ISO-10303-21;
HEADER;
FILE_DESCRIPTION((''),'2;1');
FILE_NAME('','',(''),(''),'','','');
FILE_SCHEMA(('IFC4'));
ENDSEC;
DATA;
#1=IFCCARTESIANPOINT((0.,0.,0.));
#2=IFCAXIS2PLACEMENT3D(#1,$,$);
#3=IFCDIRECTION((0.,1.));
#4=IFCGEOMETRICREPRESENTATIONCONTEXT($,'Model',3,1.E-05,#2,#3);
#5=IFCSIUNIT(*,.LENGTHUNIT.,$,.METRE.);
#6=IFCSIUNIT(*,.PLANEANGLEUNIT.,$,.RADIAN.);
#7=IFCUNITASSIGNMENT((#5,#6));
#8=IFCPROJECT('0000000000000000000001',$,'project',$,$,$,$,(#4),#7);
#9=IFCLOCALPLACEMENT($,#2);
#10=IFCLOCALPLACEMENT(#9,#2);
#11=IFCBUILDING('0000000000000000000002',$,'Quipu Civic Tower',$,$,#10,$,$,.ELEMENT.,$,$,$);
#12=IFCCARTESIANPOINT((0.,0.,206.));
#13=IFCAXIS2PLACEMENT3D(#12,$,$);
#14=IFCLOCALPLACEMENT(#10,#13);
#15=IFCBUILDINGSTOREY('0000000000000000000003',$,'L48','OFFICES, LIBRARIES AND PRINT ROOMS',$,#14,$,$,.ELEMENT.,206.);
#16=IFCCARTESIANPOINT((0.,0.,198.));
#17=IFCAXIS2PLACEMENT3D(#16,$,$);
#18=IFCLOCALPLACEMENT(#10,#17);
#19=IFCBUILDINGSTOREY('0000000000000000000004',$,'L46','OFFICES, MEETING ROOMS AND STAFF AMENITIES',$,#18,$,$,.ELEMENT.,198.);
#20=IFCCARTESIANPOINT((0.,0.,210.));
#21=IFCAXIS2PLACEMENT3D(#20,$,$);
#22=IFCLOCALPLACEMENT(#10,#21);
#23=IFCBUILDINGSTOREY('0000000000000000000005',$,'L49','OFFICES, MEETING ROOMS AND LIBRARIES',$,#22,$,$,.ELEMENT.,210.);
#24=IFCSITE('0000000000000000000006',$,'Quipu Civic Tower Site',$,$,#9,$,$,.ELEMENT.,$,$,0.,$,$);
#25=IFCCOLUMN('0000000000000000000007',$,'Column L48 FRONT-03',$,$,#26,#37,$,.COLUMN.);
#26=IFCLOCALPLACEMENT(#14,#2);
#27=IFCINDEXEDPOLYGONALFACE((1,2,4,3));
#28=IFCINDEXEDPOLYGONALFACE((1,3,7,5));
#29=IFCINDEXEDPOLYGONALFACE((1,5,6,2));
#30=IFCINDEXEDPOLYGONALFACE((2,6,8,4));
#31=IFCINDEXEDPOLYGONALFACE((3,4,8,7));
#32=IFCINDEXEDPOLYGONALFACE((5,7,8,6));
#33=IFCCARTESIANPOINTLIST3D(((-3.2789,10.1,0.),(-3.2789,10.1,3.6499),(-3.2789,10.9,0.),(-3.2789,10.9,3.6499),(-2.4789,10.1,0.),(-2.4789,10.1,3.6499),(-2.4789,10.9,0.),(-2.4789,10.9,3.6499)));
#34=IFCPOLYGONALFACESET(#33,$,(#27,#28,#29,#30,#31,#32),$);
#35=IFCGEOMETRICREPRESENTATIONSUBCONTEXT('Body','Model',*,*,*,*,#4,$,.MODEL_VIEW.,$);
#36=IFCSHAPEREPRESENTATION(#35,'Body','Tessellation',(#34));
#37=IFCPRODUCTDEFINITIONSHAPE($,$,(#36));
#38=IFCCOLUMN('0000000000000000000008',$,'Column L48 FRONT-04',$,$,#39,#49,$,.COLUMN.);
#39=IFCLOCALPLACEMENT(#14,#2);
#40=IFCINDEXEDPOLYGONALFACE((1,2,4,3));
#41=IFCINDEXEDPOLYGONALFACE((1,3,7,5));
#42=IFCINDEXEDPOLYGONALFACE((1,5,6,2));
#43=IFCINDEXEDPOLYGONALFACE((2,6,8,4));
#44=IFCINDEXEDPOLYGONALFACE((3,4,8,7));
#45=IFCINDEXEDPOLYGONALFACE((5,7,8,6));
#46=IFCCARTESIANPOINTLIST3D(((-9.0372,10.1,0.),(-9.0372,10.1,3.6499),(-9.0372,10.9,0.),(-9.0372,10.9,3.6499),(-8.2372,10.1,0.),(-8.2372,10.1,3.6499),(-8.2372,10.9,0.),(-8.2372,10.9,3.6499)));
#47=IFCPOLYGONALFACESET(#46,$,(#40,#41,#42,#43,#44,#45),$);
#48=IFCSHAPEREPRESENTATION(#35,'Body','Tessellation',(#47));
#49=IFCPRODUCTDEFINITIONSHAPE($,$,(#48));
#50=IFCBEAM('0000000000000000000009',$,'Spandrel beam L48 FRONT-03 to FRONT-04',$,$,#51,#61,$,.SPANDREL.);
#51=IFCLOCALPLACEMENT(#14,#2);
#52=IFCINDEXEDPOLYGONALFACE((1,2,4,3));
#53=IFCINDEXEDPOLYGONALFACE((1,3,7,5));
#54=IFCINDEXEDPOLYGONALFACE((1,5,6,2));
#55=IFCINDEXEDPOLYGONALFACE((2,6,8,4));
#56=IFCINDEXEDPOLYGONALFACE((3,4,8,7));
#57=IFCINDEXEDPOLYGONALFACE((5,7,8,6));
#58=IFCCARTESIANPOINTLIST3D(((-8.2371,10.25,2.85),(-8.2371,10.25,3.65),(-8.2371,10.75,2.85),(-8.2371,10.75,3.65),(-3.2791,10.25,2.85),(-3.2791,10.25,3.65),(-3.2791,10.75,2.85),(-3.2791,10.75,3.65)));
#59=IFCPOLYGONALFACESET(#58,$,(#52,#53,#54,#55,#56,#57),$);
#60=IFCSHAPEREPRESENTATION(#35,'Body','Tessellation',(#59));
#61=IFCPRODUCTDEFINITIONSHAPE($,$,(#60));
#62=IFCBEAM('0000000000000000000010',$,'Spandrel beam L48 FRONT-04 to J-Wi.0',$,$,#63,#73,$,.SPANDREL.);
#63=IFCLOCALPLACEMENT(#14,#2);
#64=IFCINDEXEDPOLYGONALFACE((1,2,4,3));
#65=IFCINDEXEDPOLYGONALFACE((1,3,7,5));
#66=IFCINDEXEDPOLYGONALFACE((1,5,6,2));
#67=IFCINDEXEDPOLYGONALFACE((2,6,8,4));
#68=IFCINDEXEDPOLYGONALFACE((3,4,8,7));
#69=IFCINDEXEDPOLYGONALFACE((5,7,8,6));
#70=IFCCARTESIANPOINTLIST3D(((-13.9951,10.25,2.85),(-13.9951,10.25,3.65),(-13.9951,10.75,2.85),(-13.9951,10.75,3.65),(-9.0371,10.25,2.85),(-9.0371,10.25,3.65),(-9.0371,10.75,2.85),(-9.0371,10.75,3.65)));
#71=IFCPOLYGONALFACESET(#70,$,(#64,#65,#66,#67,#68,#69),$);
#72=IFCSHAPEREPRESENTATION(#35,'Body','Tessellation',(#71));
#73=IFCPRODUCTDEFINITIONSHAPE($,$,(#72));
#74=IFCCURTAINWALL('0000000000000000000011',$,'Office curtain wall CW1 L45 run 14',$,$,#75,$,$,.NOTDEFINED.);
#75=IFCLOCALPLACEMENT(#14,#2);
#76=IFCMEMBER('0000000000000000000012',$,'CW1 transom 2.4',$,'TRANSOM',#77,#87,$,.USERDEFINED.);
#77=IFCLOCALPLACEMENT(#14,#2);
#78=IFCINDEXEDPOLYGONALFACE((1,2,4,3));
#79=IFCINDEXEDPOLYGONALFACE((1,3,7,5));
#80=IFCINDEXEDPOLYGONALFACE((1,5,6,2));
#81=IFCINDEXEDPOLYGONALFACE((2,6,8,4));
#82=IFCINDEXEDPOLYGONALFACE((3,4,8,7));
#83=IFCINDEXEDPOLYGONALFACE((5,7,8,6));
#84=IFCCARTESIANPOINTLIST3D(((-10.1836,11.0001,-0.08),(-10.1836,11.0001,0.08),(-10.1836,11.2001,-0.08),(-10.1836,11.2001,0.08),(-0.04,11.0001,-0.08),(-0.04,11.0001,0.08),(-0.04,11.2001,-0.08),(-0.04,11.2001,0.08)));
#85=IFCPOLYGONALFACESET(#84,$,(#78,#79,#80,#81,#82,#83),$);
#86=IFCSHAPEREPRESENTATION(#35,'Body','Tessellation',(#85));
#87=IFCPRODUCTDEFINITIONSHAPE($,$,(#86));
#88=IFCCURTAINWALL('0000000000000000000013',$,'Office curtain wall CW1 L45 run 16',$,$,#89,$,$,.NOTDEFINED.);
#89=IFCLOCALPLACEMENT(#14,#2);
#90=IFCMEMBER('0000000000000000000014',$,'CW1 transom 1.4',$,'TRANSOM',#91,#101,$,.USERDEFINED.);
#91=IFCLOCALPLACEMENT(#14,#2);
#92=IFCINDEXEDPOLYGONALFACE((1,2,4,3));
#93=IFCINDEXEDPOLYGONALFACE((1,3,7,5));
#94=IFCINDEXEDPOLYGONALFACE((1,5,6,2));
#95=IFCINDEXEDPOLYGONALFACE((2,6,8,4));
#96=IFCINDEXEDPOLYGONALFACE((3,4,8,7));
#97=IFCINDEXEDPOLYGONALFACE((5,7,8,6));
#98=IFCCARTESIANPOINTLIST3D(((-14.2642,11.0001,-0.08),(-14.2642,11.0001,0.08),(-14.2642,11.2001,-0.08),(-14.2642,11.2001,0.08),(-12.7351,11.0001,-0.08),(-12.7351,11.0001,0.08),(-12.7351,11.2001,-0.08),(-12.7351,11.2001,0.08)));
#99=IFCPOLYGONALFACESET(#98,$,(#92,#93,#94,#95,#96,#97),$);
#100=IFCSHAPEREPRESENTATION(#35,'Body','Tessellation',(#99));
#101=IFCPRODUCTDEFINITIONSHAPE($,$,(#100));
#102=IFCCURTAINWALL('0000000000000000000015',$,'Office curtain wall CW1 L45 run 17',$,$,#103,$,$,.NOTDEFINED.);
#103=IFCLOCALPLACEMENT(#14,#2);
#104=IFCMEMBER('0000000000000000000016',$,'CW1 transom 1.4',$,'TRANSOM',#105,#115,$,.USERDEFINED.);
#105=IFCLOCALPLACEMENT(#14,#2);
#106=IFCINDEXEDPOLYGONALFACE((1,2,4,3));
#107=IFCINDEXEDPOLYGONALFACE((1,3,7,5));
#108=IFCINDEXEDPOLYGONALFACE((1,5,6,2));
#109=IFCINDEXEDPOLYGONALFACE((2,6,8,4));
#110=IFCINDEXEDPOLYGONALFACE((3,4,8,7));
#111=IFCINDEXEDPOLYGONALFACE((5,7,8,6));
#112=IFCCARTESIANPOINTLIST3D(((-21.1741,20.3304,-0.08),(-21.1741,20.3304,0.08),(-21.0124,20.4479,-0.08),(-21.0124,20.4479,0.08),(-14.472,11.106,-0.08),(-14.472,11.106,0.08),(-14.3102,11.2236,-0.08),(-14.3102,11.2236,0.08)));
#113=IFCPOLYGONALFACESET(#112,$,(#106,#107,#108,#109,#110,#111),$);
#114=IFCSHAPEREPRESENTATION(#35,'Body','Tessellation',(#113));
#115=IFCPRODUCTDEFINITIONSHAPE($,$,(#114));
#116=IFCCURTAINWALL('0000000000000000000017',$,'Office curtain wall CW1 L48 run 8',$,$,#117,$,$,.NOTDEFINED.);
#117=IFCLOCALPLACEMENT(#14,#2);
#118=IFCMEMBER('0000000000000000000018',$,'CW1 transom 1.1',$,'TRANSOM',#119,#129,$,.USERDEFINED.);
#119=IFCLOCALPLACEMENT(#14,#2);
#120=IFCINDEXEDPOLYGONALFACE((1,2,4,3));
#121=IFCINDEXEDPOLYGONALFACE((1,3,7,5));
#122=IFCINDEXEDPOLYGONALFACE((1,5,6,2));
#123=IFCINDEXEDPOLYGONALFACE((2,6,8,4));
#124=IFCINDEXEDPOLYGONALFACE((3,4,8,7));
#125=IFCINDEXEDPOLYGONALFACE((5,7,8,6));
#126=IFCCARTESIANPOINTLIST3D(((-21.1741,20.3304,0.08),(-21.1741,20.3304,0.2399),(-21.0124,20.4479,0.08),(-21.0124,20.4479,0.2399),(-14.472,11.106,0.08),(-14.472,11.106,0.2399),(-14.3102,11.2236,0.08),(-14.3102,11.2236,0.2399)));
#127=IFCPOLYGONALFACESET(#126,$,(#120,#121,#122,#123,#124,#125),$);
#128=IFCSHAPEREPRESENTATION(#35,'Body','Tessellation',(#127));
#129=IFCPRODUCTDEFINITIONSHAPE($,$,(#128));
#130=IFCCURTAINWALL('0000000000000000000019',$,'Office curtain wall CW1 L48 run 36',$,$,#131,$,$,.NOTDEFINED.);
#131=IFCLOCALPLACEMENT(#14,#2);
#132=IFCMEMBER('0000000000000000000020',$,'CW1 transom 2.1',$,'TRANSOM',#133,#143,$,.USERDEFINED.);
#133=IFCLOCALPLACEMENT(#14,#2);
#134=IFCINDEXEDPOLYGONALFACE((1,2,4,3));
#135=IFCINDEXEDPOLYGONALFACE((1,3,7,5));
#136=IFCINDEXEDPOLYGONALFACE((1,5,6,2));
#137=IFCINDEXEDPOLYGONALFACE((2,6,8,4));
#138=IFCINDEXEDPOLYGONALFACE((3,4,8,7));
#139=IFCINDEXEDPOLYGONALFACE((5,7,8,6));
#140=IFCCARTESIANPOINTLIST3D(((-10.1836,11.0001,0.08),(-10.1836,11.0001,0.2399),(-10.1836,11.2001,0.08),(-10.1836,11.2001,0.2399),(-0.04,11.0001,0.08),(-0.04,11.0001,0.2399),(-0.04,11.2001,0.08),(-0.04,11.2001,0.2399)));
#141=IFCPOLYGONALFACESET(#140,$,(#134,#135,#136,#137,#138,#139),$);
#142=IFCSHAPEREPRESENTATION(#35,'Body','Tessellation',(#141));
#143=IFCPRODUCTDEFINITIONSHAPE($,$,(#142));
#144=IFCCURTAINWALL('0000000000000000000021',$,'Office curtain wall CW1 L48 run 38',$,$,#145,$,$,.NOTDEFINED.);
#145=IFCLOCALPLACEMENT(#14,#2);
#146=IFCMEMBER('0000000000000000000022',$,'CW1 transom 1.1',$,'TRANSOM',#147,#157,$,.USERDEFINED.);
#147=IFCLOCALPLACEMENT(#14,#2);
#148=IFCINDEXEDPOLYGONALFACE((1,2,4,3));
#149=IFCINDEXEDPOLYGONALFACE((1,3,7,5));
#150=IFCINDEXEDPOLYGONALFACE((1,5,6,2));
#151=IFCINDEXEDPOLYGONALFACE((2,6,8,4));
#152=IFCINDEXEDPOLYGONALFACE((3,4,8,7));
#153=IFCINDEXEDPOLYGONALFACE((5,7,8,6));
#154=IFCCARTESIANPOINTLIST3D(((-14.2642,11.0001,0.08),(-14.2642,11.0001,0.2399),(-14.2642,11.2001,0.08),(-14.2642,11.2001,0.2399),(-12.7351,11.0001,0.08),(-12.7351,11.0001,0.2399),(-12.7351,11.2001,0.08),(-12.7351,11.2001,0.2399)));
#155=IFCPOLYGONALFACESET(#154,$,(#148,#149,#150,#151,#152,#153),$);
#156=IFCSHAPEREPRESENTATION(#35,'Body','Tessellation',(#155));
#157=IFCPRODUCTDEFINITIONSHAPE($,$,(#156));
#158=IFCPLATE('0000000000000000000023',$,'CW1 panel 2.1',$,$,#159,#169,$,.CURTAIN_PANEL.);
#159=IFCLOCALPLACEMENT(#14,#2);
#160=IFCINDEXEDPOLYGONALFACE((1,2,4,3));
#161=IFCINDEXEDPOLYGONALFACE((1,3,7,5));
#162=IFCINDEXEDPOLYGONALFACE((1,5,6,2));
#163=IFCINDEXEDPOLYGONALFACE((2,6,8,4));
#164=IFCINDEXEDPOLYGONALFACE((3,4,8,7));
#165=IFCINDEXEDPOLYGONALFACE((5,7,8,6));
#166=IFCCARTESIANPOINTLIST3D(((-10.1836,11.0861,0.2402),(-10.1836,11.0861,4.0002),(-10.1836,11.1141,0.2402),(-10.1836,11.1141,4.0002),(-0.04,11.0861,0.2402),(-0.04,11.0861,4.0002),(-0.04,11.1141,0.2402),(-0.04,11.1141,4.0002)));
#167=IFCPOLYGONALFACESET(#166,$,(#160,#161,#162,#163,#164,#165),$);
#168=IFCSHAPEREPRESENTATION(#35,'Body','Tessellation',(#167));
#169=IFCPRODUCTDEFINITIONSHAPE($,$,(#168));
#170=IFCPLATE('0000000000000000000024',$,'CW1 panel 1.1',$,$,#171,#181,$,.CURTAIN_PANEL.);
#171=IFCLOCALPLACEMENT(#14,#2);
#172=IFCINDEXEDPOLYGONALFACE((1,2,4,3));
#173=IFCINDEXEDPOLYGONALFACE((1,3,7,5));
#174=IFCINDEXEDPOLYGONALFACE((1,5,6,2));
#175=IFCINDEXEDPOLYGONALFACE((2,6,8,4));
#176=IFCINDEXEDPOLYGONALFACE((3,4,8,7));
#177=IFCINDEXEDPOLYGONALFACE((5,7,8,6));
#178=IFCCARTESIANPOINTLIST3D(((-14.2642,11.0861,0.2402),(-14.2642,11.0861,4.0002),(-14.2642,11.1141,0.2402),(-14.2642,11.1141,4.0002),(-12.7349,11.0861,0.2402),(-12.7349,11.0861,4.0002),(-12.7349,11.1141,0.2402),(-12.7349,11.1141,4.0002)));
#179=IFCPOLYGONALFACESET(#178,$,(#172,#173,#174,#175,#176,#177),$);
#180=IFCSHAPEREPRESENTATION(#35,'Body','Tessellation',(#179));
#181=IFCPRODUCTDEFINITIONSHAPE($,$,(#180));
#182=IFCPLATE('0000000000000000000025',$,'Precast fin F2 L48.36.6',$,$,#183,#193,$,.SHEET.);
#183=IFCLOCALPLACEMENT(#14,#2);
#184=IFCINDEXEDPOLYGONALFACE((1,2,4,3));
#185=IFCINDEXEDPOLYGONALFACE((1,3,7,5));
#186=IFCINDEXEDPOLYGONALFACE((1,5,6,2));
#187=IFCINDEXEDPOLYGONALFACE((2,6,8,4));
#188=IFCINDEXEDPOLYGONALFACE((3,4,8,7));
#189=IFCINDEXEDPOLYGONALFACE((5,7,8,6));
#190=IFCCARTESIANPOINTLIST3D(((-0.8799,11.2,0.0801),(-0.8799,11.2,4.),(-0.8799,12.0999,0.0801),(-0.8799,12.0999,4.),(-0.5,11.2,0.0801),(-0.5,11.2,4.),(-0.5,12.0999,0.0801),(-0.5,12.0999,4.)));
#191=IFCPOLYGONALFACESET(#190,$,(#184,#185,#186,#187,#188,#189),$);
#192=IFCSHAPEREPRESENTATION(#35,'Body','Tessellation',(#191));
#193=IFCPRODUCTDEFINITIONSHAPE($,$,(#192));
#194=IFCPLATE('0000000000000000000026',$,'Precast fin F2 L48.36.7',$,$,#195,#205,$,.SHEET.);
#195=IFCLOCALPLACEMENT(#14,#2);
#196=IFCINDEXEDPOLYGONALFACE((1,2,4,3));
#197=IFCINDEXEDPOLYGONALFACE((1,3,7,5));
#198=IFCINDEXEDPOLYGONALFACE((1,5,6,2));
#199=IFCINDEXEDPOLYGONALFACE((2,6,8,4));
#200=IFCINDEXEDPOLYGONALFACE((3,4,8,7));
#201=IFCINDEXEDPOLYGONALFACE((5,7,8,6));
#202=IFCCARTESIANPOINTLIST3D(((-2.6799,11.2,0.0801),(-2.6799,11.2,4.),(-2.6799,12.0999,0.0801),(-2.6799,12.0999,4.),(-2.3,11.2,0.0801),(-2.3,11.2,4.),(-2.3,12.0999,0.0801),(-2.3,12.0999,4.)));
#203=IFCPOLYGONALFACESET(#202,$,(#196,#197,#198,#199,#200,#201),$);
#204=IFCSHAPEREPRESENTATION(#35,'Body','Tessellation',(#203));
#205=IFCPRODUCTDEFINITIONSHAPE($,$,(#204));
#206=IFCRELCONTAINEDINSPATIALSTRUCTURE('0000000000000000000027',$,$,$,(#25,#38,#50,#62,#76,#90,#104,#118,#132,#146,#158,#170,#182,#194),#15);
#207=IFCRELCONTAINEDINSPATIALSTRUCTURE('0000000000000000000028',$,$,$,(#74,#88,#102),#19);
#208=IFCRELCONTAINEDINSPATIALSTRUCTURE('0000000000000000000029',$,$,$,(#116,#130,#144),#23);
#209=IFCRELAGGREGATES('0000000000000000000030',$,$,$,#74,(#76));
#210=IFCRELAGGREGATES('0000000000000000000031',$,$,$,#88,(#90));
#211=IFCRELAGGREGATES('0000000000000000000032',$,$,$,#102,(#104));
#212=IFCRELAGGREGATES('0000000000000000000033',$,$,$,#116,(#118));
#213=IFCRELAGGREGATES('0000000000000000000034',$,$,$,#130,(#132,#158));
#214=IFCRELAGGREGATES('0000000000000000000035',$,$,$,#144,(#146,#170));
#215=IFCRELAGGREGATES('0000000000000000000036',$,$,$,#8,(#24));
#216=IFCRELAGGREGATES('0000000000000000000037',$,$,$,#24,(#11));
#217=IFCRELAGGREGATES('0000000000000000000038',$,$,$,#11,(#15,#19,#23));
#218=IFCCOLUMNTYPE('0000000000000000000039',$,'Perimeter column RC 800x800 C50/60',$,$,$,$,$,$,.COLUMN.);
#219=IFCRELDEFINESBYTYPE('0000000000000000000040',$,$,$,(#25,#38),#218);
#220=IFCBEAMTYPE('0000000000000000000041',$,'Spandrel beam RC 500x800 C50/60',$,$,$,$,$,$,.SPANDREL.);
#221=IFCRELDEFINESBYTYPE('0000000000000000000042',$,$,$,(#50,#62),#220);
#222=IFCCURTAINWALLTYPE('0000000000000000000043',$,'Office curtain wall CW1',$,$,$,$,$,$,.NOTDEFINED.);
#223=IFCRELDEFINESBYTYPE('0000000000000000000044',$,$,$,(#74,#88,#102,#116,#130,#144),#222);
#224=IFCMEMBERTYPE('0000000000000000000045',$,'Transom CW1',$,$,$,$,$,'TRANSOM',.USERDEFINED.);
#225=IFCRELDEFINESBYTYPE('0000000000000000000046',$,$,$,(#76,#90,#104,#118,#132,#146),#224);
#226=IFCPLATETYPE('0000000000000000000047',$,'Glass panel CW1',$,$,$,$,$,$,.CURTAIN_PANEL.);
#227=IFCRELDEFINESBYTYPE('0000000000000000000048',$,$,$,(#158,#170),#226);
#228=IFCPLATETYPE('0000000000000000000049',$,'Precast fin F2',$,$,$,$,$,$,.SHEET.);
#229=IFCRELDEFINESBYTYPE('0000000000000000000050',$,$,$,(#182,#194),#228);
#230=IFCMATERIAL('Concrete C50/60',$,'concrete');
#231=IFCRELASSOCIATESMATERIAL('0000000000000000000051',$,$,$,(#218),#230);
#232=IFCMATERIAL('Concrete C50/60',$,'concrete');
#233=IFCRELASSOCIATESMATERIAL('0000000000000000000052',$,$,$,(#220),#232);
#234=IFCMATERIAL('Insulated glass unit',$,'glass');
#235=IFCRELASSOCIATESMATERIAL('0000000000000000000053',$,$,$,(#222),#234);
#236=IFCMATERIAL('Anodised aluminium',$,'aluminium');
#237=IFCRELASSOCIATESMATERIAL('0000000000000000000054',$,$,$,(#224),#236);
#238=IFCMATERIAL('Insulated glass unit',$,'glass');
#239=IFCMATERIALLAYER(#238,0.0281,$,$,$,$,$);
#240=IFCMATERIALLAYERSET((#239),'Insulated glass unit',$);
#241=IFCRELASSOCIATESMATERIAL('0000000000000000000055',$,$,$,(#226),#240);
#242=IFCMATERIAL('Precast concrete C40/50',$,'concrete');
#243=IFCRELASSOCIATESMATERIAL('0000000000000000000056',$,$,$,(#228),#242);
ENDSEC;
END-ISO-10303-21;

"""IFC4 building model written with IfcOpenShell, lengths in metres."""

from ifc_helpers import new_model, si_unit, direction, frame, origin, origin_2d, place, context, subcontext, project, spatial, rectangle, extrude, material, layer, layer_set, material_profile, profile_set, type_object, element, aggregate, save


model = new_model("IFC4")

# Units and contexts
model_context = context("Model", 3, precision=1e-05, world=origin(), true_north=direction((0.0, 1.0)))
body_context = subcontext(model_context, "Body", "Model", "MODEL_VIEW")
ifc_project = project(units=[si_unit("LENGTHUNIT", "METRE"), si_unit("PLANEANGLEUNIT", "RADIAN")], contexts=[model_context])

# Site, building, storey
site_placement = place(None, origin())
site = spatial("IfcSite", under=ifc_project, at=site_placement, Name="Quipu Civic Tower Site", CompositionType="ELEMENT", RefElevation=0.0)
building_placement = place(site_placement, origin())
building = spatial("IfcBuilding", under=site, at=building_placement, Name="Quipu Civic Tower", CompositionType="ELEMENT")
storey_1_placement = place(building_placement, frame((0.0, 0.0, 206.0)))
storey_1 = spatial("IfcBuildingStorey", under=building, at=storey_1_placement, Name="L48", Description="OFFICES, LIBRARIES AND PRINT ROOMS", CompositionType="ELEMENT", Elevation=206.0)

# Columns
ifc_material_1 = material(Name="Concrete C50/60", Category="concrete")
ifc_material_profile_1 = material_profile(ifc_material_1, rectangle(XDim=0.8, YDim=0.8, at=origin_2d()), Name="RC800x800")
ifc_profile_set_1 = profile_set([ifc_material_profile_1], Name="Concrete C50/60")
column_type = type_object("IfcColumnType", Name="Perimeter column RC 800x800 C50/60", PredefinedType="COLUMN", material=ifc_profile_set_1)
for number, where, z_axis, x_axis, name in (
    (1, (-2.8789, 10.5, 0.0), (0.0, 0.0, 1.0), (-1.0, 0.0, 0.0), "Column L48 FRONT-03"),
    (2, (-8.6372, 10.5, 0.0), (0.0, 0.0, 1.0), (-1.0, 0.0, 0.0), "Column L48 FRONT-04"),
):
    element("IfcColumn", number, at=place(storey_1_placement, frame(where, z_axis=z_axis, x_axis=x_axis)), inside=storey_1, type_object=column_type, Name=name, PredefinedType="COLUMN", context=body_context, shape_type="SweptSolid", body=[
        extrude(rectangle(XDim=0.8, YDim=0.8, at=origin_2d()), origin(), (0.0, 0.0, 1.0), 3.6499),
    ])

# Beams
ifc_material_2 = material(Name="Concrete C50/60", Category="concrete")
ifc_material_profile_2 = material_profile(ifc_material_2, rectangle(XDim=0.5, YDim=0.8, at=origin_2d()), Name="RC500x800")
ifc_profile_set_2 = profile_set([ifc_material_profile_2], Name="Concrete C50/60")
beam_type = type_object("IfcBeamType", Name="Spandrel beam RC 500x800 C50/60", PredefinedType="SPANDREL", material=ifc_profile_set_2)
for number, where, z_axis, x_axis, name in (
    (3, (-3.2791, 10.5, 3.25), (-1.0, 0.0, 0.0), (0.0, -1.0, 0.0), "Spandrel beam L48 FRONT-03 to FRONT-04"),
    (4, (-9.0371, 10.5, 3.25), (-1.0, 0.0, 0.0), (0.0, -1.0, 0.0), "Spandrel beam L48 FRONT-04 to J-Wi.0"),
):
    element("IfcBeam", number, at=place(storey_1_placement, frame(where, z_axis=z_axis, x_axis=x_axis)), inside=storey_1, type_object=beam_type, Name=name, PredefinedType="SPANDREL", context=body_context, shape_type="SweptSolid", body=[
        extrude(rectangle(XDim=0.5, YDim=0.8, at=origin_2d()), origin(), (0.0, 0.0, 1.0), 4.958),
    ])

# Shared definitions
storey_2_placement = place(building_placement, frame((0.0, 0.0, 198.0)))
storey_2 = spatial("IfcBuildingStorey", under=building, at=storey_2_placement, Name="L46", Description="OFFICES, MEETING ROOMS AND STAFF AMENITIES", CompositionType="ELEMENT", Elevation=198.0)

# Curtain walls, members
ifc_material_3 = material(Name="Insulated glass unit", Category="glass")
curtain_wall_type = type_object("IfcCurtainWallType", Name="Office curtain wall CW1", PredefinedType="NOTDEFINED", material=ifc_material_3)
curtain_wall_1_placement = place(storey_2_placement, origin())
curtain_wall_1 = element("IfcCurtainWall", 5, at=curtain_wall_1_placement, inside=storey_2, type_object=curtain_wall_type, Name="Office curtain wall CW1 L45 run 14", PredefinedType="NOTDEFINED")
ifc_material_4 = material(Name="Anodised aluminium", Category="aluminium")
ifc_material_profile_3 = material_profile(ifc_material_4, rectangle(XDim=0.2, YDim=0.1599, at=origin_2d()), Name="RECT 200x160")
ifc_profile_set_3 = profile_set([ifc_material_profile_3], Name="Anodised aluminium")
member_type = type_object("IfcMemberType", Name="Transom CW1", ElementType="TRANSOM", PredefinedType="USERDEFINED", material=ifc_profile_set_3)
member_1_placement = place(storey_1_placement, frame((-0.04, 11.1001, 0.0), z_axis=(-1.0, 0.0, 0.0), x_axis=(0.0, -1.0, 0.0)))
member_1 = element("IfcMember", 6, at=member_1_placement, inside=storey_1, type_object=member_type, Name="CW1 transom 2.4", ObjectType="TRANSOM", PredefinedType="USERDEFINED", context=body_context, shape_type="SweptSolid", body=[
    extrude(rectangle(XDim=0.2, YDim=0.1599, at=origin_2d()), origin(), (0.0, 0.0, 1.0), 10.1436),
])
aggregate(curtain_wall_1, [member_1])
curtain_wall_2_placement = place(storey_2_placement, origin())
curtain_wall_2 = element("IfcCurtainWall", 7, at=curtain_wall_2_placement, inside=storey_2, type_object=curtain_wall_type, Name="Office curtain wall CW1 L45 run 16", PredefinedType="NOTDEFINED")
member_2_placement = place(storey_1_placement, frame((-12.7351, 11.1001, 0.0), z_axis=(-1.0, 0.0, 0.0), x_axis=(0.0, -1.0, 0.0)))
member_2 = element("IfcMember", 8, at=member_2_placement, inside=storey_1, type_object=member_type, Name="CW1 transom 1.4", ObjectType="TRANSOM", PredefinedType="USERDEFINED", context=body_context, shape_type="SweptSolid", body=[
    extrude(rectangle(XDim=0.2, YDim=0.1599, at=origin_2d()), origin(), (0.0, 0.0, 1.0), 1.5291),
])
aggregate(curtain_wall_2, [member_2])
curtain_wall_3_placement = place(storey_2_placement, origin())
curtain_wall_3 = element("IfcCurtainWall", 9, at=curtain_wall_3_placement, inside=storey_2, type_object=curtain_wall_type, Name="Office curtain wall CW1 L45 run 17", PredefinedType="NOTDEFINED")
member_3_placement = place(storey_1_placement, frame((-14.3911, 11.1648, 0.0), z_axis=(-0.5878, 0.809006, 0.0), x_axis=(-0.809006, -0.5878, 0.0)))
member_3 = element("IfcMember", 10, at=member_3_placement, inside=storey_1, type_object=member_type, Name="CW1 transom 1.4", ObjectType="TRANSOM", PredefinedType="USERDEFINED", context=body_context, shape_type="SweptSolid", body=[
    extrude(rectangle(XDim=0.2, YDim=0.1599, at=origin_2d()), origin(), (0.0, 0.0, 1.0), 11.4021),
])
aggregate(curtain_wall_3, [member_3])

# Shared definitions
storey_3_placement = place(building_placement, frame((0.0, 0.0, 210.0)))
storey_3 = spatial("IfcBuildingStorey", under=building, at=storey_3_placement, Name="L49", Description="OFFICES, MEETING ROOMS AND LIBRARIES", CompositionType="ELEMENT", Elevation=210.0)

# Curtain walls, members
curtain_wall_4_placement = place(storey_3_placement, origin())
curtain_wall_4 = element("IfcCurtainWall", 11, at=curtain_wall_4_placement, inside=storey_3, type_object=curtain_wall_type, Name="Office curtain wall CW1 L48 run 8", PredefinedType="NOTDEFINED")
member_4_placement = place(storey_1_placement, frame((-14.3911, 11.1648, 0.1599), z_axis=(-0.5878, 0.809006, 0.0), x_axis=(-0.809006, -0.5878, 0.0)))
member_4 = element("IfcMember", 12, at=member_4_placement, inside=storey_1, type_object=member_type, Name="CW1 transom 1.1", ObjectType="TRANSOM", PredefinedType="USERDEFINED", context=body_context, shape_type="SweptSolid", body=[
    extrude(rectangle(XDim=0.2, YDim=0.1599, at=origin_2d()), origin(), (0.0, 0.0, 1.0), 11.4021),
])
aggregate(curtain_wall_4, [member_4])
curtain_wall_5_placement = place(storey_3_placement, origin())
curtain_wall_5 = element("IfcCurtainWall", 13, at=curtain_wall_5_placement, inside=storey_3, type_object=curtain_wall_type, Name="Office curtain wall CW1 L48 run 36", PredefinedType="NOTDEFINED")
member_5_placement = place(storey_1_placement, frame((-0.04, 11.1001, 0.1599), z_axis=(-1.0, 0.0, 0.0), x_axis=(0.0, -1.0, 0.0)))
member_5 = element("IfcMember", 14, at=member_5_placement, inside=storey_1, type_object=member_type, Name="CW1 transom 2.1", ObjectType="TRANSOM", PredefinedType="USERDEFINED", context=body_context, shape_type="SweptSolid", body=[
    extrude(rectangle(XDim=0.2, YDim=0.1599, at=origin_2d()), origin(), (0.0, 0.0, 1.0), 10.1436),
])
curtain_wall_6_placement = place(storey_3_placement, origin())
curtain_wall_6 = element("IfcCurtainWall", 15, at=curtain_wall_6_placement, inside=storey_3, type_object=curtain_wall_type, Name="Office curtain wall CW1 L48 run 38", PredefinedType="NOTDEFINED")
member_6_placement = place(storey_1_placement, frame((-12.7351, 11.1001, 0.1599), z_axis=(-1.0, 0.0, 0.0), x_axis=(0.0, -1.0, 0.0)))
member_6 = element("IfcMember", 16, at=member_6_placement, inside=storey_1, type_object=member_type, Name="CW1 transom 1.1", ObjectType="TRANSOM", PredefinedType="USERDEFINED", context=body_context, shape_type="SweptSolid", body=[
    extrude(rectangle(XDim=0.2, YDim=0.1599, at=origin_2d()), origin(), (0.0, 0.0, 1.0), 1.5291),
])

# Plates
ifc_material_5 = material(Name="Insulated glass unit", Category="glass")
ifc_layer_1 = layer(ifc_material_5, 0.0281)
ifc_layer_set_1 = layer_set([ifc_layer_1], Name="Insulated glass unit")
plate_type_1 = type_object("IfcPlateType", Name="Glass panel CW1", PredefinedType="CURTAIN_PANEL", material=ifc_layer_set_1)
plate_1_placement = place(storey_1_placement, frame((-5.1118, 11.1001, 0.2402), z_axis=(0.0, 0.0, 1.0), x_axis=(-1.0, 0.0, 0.0)))
plate_1 = element("IfcPlate", 17, at=plate_1_placement, inside=storey_1, type_object=plate_type_1, Name="CW1 panel 2.1", PredefinedType="CURTAIN_PANEL", context=body_context, shape_type="SweptSolid", body=[
    extrude(rectangle(XDim=10.1436, YDim=0.0281, at=origin_2d()), origin(), (0.0, 0.0, 1.0), 3.76),
])
aggregate(curtain_wall_5, [member_5, plate_1])
plate_2_placement = place(storey_1_placement, frame((-13.4995, 11.1001, 0.2402), z_axis=(0.0, 0.0, 1.0), x_axis=(-1.0, 0.0, 0.0)))
plate_2 = element("IfcPlate", 18, at=plate_2_placement, inside=storey_1, type_object=plate_type_1, Name="CW1 panel 1.1", PredefinedType="CURTAIN_PANEL", context=body_context, shape_type="SweptSolid", body=[
    extrude(rectangle(XDim=1.5293, YDim=0.0281, at=origin_2d()), origin(), (0.0, 0.0, 1.0), 3.76),
])
aggregate(curtain_wall_6, [member_6, plate_2])

# Plates
ifc_material_6 = material(Name="Precast concrete C40/50", Category="concrete")
plate_type_2 = type_object("IfcPlateType", Name="Precast fin F2", PredefinedType="SHEET", material=ifc_material_6)
for number, where, z_axis, x_axis, name in (
    (19, (-0.6899, 11.6499, 0.0801), (0.0, 0.0, 1.0), (-1.0, 0.0, 0.0), "Precast fin F2 L48.36.6"),
    (20, (-2.49, 11.6499, 0.0801), (0.0, 0.0, 1.0), (-1.0, 0.0, 0.0), "Precast fin F2 L48.36.7"),
):
    element("IfcPlate", number, at=place(storey_1_placement, frame(where, z_axis=z_axis, x_axis=x_axis)), inside=storey_1, type_object=plate_type_2, Name=name, PredefinedType="SHEET", context=body_context, shape_type="SweptSolid", body=[
        extrude(rectangle(XDim=0.3799, YDim=0.8999, at=origin_2d()), origin(), (0.0, 0.0, 1.0), 3.9199),
    ])

save(model, "model.ifc")
